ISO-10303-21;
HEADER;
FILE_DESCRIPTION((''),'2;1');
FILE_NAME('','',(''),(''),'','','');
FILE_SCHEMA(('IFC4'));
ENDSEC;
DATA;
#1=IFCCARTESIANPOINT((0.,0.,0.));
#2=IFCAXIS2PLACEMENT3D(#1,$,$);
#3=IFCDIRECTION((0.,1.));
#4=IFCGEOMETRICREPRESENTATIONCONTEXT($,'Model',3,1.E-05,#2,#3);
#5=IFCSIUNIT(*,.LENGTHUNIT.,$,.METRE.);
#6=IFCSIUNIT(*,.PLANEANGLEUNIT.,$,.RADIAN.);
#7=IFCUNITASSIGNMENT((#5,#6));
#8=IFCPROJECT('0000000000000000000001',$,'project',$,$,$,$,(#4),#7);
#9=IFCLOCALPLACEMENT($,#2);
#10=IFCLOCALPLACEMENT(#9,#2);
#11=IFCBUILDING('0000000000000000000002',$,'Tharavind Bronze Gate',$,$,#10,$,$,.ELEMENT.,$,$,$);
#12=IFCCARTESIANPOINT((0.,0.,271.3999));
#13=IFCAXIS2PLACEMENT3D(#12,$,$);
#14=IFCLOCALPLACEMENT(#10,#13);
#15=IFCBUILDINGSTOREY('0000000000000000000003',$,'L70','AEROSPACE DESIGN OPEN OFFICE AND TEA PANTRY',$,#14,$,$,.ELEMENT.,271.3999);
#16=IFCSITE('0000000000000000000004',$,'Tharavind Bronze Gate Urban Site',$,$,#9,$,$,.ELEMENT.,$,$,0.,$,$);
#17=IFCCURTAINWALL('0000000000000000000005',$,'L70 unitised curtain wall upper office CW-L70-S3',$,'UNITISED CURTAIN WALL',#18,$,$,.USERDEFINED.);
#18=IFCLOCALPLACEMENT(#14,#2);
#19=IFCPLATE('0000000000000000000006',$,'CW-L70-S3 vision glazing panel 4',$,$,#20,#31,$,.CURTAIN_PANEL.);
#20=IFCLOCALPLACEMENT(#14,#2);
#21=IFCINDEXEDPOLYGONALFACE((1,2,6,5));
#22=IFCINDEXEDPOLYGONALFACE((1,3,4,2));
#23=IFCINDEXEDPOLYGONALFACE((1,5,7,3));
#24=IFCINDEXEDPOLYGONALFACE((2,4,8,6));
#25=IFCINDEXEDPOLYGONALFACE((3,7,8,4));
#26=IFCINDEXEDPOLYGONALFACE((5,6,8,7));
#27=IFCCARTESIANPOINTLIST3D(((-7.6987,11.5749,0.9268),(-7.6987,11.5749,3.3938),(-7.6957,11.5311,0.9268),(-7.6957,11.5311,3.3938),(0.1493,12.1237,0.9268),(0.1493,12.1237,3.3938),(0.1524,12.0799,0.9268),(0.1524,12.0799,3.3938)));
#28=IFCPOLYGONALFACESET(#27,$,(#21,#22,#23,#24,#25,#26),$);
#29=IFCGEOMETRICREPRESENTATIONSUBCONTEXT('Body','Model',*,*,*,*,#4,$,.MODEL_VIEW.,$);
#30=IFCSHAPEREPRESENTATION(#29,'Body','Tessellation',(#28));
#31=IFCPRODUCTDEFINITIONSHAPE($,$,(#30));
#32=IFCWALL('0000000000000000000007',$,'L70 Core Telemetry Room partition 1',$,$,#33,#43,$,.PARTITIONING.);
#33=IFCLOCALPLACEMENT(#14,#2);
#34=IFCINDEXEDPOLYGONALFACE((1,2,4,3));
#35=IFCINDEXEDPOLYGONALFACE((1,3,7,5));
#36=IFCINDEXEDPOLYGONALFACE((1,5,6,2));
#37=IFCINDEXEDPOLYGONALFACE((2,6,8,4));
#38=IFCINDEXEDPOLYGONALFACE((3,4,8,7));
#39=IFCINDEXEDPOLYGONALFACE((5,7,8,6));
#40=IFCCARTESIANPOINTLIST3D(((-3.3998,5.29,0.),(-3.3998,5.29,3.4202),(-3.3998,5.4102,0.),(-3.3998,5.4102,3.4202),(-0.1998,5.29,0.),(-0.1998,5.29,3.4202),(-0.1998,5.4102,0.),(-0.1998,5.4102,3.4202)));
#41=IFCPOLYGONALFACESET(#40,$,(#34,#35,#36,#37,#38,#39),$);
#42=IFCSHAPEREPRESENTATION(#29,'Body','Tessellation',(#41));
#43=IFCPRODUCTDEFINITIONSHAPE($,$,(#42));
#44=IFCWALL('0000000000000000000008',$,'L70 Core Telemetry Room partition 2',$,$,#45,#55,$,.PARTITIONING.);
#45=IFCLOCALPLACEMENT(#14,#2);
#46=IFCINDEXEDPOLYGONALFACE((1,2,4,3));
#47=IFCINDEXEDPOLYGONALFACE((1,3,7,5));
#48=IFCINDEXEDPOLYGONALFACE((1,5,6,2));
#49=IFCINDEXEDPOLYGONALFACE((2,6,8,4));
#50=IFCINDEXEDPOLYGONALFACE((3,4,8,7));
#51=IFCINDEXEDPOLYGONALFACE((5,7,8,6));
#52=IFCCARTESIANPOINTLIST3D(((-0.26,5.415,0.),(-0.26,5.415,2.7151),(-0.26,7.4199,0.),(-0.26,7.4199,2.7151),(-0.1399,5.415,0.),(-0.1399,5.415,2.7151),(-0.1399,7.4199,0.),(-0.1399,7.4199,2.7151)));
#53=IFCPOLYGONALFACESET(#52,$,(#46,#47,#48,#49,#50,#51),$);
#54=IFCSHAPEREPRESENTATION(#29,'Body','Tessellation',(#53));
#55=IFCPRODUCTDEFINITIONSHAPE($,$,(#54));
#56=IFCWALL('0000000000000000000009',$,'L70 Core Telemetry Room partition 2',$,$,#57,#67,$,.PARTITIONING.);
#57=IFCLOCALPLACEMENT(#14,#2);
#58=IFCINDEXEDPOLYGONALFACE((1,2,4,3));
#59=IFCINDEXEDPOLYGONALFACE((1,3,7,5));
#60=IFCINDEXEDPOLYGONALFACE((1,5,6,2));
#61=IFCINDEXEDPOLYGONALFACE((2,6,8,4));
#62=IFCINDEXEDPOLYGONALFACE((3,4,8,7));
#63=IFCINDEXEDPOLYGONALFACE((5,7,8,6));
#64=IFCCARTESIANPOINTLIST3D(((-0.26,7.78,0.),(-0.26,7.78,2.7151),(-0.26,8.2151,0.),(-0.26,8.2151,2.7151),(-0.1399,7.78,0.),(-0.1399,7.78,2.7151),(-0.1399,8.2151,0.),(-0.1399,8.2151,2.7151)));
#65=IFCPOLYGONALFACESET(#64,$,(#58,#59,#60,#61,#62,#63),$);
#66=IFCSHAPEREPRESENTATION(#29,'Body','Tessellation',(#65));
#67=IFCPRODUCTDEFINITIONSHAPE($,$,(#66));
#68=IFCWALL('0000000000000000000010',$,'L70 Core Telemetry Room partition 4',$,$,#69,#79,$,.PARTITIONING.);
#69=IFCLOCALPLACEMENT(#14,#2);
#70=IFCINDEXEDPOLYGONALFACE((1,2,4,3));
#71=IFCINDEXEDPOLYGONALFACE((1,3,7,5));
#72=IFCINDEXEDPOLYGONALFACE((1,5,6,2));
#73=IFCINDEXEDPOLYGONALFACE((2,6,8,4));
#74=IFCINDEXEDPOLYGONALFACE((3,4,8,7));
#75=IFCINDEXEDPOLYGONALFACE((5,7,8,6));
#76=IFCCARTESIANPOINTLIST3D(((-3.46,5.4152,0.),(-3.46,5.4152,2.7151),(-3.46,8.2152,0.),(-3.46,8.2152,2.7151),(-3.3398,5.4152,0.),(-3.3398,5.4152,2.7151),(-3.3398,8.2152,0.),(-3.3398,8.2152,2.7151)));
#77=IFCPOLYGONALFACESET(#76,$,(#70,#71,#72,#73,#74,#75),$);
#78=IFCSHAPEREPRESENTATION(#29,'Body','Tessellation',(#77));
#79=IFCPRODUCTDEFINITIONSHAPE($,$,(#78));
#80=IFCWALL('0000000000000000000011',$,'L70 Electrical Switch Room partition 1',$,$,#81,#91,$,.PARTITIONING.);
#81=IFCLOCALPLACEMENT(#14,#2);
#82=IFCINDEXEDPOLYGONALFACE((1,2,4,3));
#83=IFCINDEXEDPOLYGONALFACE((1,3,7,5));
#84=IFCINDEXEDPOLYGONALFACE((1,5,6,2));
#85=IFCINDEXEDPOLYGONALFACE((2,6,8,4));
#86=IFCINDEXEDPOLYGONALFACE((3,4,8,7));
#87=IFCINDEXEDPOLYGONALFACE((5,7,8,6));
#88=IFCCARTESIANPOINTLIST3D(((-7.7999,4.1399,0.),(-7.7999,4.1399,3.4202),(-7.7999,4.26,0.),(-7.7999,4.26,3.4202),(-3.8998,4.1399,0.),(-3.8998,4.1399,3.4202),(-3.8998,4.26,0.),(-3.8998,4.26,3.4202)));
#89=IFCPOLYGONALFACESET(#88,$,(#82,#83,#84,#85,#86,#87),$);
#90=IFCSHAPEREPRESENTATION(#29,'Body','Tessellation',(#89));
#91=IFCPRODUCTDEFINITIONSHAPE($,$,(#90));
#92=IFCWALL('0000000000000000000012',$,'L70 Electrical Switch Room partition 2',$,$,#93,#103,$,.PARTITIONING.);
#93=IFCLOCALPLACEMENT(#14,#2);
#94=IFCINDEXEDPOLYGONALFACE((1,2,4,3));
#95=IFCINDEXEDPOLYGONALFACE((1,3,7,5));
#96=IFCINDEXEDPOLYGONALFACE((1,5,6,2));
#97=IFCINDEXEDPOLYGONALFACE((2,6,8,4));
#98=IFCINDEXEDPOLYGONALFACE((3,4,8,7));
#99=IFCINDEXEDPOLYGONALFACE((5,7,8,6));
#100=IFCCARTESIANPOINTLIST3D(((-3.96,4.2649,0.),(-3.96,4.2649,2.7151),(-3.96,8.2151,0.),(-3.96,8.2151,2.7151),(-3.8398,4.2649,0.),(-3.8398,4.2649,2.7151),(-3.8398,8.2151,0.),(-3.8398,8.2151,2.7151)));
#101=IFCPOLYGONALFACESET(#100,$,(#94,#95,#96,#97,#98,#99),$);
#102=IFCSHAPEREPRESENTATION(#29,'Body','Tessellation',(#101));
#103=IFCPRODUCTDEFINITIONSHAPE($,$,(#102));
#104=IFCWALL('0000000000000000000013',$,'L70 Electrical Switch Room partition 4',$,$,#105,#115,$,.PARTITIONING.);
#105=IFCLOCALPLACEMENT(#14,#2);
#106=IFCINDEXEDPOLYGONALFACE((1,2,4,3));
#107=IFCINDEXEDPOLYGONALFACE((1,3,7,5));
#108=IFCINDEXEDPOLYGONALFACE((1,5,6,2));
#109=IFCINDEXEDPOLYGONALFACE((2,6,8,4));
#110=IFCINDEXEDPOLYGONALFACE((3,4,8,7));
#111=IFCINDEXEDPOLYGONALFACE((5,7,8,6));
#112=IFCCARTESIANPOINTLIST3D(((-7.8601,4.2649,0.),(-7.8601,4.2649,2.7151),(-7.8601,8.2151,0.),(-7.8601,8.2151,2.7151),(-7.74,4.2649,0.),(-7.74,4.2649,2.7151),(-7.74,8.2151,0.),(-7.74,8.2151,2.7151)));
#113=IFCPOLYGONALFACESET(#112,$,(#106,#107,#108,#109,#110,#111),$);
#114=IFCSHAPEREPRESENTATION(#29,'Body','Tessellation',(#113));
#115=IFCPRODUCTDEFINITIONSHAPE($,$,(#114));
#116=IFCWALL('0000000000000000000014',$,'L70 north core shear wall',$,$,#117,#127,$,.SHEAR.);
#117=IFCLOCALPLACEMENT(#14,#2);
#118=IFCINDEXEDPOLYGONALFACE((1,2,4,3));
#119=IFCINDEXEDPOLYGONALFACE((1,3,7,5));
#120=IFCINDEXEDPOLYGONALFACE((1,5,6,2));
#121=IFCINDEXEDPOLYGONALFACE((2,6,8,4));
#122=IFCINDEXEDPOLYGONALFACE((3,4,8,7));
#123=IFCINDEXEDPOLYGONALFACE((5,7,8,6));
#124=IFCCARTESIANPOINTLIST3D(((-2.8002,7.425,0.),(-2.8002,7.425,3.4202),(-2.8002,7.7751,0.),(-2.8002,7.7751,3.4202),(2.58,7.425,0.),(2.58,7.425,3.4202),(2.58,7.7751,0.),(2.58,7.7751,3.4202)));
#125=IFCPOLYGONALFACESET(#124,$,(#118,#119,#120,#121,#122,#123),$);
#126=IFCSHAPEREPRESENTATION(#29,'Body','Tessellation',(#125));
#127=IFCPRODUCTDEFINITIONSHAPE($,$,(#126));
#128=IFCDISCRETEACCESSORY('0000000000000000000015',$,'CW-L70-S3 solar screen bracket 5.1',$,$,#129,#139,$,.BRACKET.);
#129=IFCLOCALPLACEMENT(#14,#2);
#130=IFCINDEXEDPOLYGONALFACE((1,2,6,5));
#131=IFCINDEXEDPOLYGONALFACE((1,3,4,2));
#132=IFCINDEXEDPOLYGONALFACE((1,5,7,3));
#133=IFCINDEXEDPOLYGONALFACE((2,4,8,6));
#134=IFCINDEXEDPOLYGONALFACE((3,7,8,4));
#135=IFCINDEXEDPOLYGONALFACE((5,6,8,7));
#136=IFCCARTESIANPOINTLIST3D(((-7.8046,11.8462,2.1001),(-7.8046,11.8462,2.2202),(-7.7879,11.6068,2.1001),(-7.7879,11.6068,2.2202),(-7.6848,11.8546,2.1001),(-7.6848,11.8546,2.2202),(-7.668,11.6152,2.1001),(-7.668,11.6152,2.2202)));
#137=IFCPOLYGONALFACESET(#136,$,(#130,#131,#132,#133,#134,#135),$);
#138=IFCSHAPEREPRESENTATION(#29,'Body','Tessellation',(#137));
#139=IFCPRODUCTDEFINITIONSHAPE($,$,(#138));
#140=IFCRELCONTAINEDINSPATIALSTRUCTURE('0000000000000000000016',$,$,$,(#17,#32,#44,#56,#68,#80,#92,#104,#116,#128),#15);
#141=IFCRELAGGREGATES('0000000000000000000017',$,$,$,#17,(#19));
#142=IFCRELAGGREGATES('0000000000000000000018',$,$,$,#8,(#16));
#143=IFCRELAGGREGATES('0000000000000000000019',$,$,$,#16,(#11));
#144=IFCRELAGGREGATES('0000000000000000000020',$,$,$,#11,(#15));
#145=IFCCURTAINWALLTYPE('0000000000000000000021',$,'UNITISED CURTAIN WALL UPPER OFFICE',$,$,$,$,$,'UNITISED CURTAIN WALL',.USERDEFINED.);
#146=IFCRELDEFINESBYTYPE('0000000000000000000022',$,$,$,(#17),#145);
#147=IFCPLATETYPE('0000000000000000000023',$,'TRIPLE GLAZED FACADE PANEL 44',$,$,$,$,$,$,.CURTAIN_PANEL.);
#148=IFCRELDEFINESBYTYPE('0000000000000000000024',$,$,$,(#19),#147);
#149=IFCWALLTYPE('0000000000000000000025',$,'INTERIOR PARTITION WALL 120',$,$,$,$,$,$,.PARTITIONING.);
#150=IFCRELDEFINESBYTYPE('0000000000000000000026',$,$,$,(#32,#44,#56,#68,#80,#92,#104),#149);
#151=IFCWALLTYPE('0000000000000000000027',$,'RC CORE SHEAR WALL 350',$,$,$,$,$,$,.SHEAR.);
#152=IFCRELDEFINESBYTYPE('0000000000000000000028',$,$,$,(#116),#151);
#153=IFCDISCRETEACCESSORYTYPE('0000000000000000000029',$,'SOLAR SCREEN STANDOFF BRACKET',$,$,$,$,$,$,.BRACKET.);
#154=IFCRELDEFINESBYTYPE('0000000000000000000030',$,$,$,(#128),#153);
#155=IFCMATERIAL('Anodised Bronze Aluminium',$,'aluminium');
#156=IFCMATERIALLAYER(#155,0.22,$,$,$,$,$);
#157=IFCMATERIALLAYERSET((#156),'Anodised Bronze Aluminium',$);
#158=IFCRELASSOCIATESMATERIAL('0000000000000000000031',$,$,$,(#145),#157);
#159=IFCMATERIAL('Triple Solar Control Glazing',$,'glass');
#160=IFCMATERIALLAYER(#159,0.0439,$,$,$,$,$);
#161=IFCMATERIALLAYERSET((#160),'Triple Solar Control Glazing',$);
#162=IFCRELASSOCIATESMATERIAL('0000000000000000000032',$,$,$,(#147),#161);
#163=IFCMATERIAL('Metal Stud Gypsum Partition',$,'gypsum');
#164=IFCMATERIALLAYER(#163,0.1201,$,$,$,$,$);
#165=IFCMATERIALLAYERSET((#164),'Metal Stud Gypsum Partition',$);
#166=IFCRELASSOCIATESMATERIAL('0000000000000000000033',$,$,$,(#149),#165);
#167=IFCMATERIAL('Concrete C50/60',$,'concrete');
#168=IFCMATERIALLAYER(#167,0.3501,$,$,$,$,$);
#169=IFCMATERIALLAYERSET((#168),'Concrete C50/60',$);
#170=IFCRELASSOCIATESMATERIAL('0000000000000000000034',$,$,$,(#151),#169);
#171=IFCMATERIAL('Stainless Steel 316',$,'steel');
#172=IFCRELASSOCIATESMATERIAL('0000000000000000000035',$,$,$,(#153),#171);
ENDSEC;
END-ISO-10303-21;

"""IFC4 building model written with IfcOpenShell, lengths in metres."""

from ifc_helpers import new_model, si_unit, direction, frame, frame_2d, origin, origin_2d, place, context, subcontext, project, spatial, rectangle, extrude, material, layer, layer_set, type_object, element, aggregate, save


model = new_model("IFC4")

# Units and contexts
model_context = context("Model", 3, precision=1e-05, world=origin(), true_north=direction((0.0, 1.0)))
body_context = subcontext(model_context, "Body", "Model", "MODEL_VIEW")
ifc_project = project(units=[si_unit("LENGTHUNIT", "METRE"), si_unit("PLANEANGLEUNIT", "RADIAN")], contexts=[model_context])

# Site, building, storey
site_placement = place(None, origin())
site = spatial("IfcSite", under=ifc_project, at=site_placement, Name="Tharavind Bronze Gate Urban Site", CompositionType="ELEMENT", RefElevation=0.0)
building_placement = place(site_placement, origin())
building = spatial("IfcBuilding", under=site, at=building_placement, Name="Tharavind Bronze Gate", CompositionType="ELEMENT")
storey_placement = place(building_placement, frame((0.0, 0.0, 271.3999)))
storey = spatial("IfcBuildingStorey", under=building, at=storey_placement, Name="L70", Description="AEROSPACE DESIGN OPEN OFFICE AND TEA PANTRY", CompositionType="ELEMENT", Elevation=271.3999)

# Curtain wall
ifc_material_1 = material(Name="Anodised Bronze Aluminium", Category="aluminium")
ifc_layer_1 = layer(ifc_material_1, 0.22)
ifc_layer_set_1 = layer_set([ifc_layer_1], Name="Anodised Bronze Aluminium")
curtain_wall_type = type_object("IfcCurtainWallType", Name="UNITISED CURTAIN WALL UPPER OFFICE", ElementType="UNITISED CURTAIN WALL", PredefinedType="USERDEFINED", material=ifc_layer_set_1)
curtain_wall_placement = place(storey_placement, origin())
curtain_wall = element("IfcCurtainWall", 1, at=curtain_wall_placement, inside=storey, type_object=curtain_wall_type, Name="L70 unitised curtain wall upper office CW-L70-S3", ObjectType="UNITISED CURTAIN WALL", PredefinedType="USERDEFINED")

# Plate
ifc_material_2 = material(Name="Triple Solar Control Glazing", Category="glass")
ifc_layer_2 = layer(ifc_material_2, 0.0439)
ifc_layer_set_2 = layer_set([ifc_layer_2], Name="Triple Solar Control Glazing")
plate_type_1 = type_object("IfcPlateType", Name="TRIPLE GLAZED FACADE PANEL 44", PredefinedType="CURTAIN_PANEL", material=ifc_layer_set_2)
plate_1_placement = place(storey_placement, frame((-3.7732, 11.8274, 0.9268), z_axis=(0.0, 0.0, 1.0), x_axis=(-0.997564, -0.06976, 0.0)))
plate_1 = element("IfcPlate", 2, at=plate_1_placement, type_object=plate_type_1, Name="CW-L70-S3 vision glazing panel 4", PredefinedType="CURTAIN_PANEL", context=body_context, shape_type="SweptSolid", body=[
    extrude(rectangle(XDim=7.8672, YDim=0.0439, at=origin_2d()), origin(), (0.0, 0.0, 1.0), 2.467),
])
aggregate(curtain_wall, [plate_1])

# Walls
ifc_material_3 = material(Name="Metal Stud Gypsum Partition", Category="gypsum")
ifc_layer_3 = layer(ifc_material_3, 0.1201)
ifc_layer_set_3 = layer_set([ifc_layer_3], Name="Metal Stud Gypsum Partition")
wall_type_1 = type_object("IfcWallType", Name="INTERIOR PARTITION WALL 120", PredefinedType="PARTITIONING", material=ifc_layer_set_3)
wall_1_placement = place(storey_placement, frame((-3.3999, 5.3501, 0.0), z_axis=(0.0, 0.0, 1.0), x_axis=(1.0, 0.0, 0.0)))
element("IfcWall", 3, at=wall_1_placement, inside=storey, type_object=wall_type_1, Name="L70 Core Telemetry Room partition 1", PredefinedType="PARTITIONING", context=body_context, shape_type="SweptSolid", body=[
    extrude(rectangle(XDim=3.2, YDim=0.1201, at=frame_2d((1.6001, 0.0))), origin(), (0.0, 0.0, 1.0), 3.4202),
])
wall_2_placement = place(storey_placement, frame((-0.2, 5.415, 0.0), z_axis=(0.0, 0.0, 1.0), x_axis=(0.0, 1.0, 0.0)))
element("IfcWall", 4, at=wall_2_placement, inside=storey, type_object=wall_type_1, Name="L70 Core Telemetry Room partition 2", PredefinedType="PARTITIONING", context=body_context, shape_type="SweptSolid", body=[
    extrude(rectangle(XDim=2.0049, YDim=0.1201, at=frame_2d((1.0024, 0.0))), origin(), (0.0, 0.0, 1.0), 2.7151),
])
wall_3_placement = place(storey_placement, frame((-0.2, 7.78, 0.0), z_axis=(0.0, 0.0, 1.0), x_axis=(0.0, 1.0, 0.0)))
element("IfcWall", 5, at=wall_3_placement, inside=storey, type_object=wall_type_1, Name="L70 Core Telemetry Room partition 2", PredefinedType="PARTITIONING", context=body_context, shape_type="SweptSolid", body=[
    extrude(rectangle(XDim=0.4351, YDim=0.1201, at=frame_2d((0.2175, 0.0))), origin(), (0.0, 0.0, 1.0), 2.7151),
])
wall_4_placement = place(storey_placement, frame((-3.3999, 8.2151, 0.0), z_axis=(0.0, 0.0, 1.0), x_axis=(0.0, -1.0, 0.0)))
element("IfcWall", 6, at=wall_4_placement, inside=storey, type_object=wall_type_1, Name="L70 Core Telemetry Room partition 4", PredefinedType="PARTITIONING", context=body_context, shape_type="SweptSolid", body=[
    extrude(rectangle(XDim=2.8, YDim=0.1201, at=frame_2d((1.3999, 0.0))), origin(), (0.0, 0.0, 1.0), 2.7151),
])
wall_5_placement = place(storey_placement, frame((-7.8, 4.2, 0.0), z_axis=(0.0, 0.0, 1.0), x_axis=(1.0, 0.0, 0.0)))
element("IfcWall", 7, at=wall_5_placement, inside=storey, type_object=wall_type_1, Name="L70 Electrical Switch Room partition 1", PredefinedType="PARTITIONING", context=body_context, shape_type="SweptSolid", body=[
    extrude(rectangle(XDim=3.9001, YDim=0.1201, at=frame_2d((1.9502, 0.0))), origin(), (0.0, 0.0, 1.0), 3.4202),
])
for number, where, z_axis, x_axis, name in (
    (8, (-3.8999, 4.2649, 0.0), (0.0, 0.0, 1.0), (0.0, 1.0, 0.0), "L70 Electrical Switch Room partition 2"),
    (9, (-7.8, 8.2151, 0.0), (0.0, 0.0, 1.0), (0.0, -1.0, 0.0), "L70 Electrical Switch Room partition 4"),
):
    element("IfcWall", number, at=place(storey_placement, frame(where, z_axis=z_axis, x_axis=x_axis)), inside=storey, type_object=wall_type_1, Name=name, PredefinedType="PARTITIONING", context=body_context, shape_type="SweptSolid", body=[
        extrude(rectangle(XDim=3.9502, YDim=0.1201, at=frame_2d((1.9751, 0.0))), origin(), (0.0, 0.0, 1.0), 2.7151),
    ])
ifc_material_4 = material(Name="Concrete C50/60", Category="concrete")
ifc_layer_4 = layer(ifc_material_4, 0.3501)
ifc_layer_set_4 = layer_set([ifc_layer_4], Name="Concrete C50/60")
wall_type_2 = type_object("IfcWallType", Name="RC CORE SHEAR WALL 350", PredefinedType="SHEAR", material=ifc_layer_set_4)
wall_6_placement = place(storey_placement, frame((-2.8, 7.6001, 0.0), z_axis=(0.0, 0.0, 1.0), x_axis=(1.0, 0.0, 0.0)))
element("IfcWall", 10, at=wall_6_placement, inside=storey, type_object=wall_type_2, Name="L70 north core shear wall", PredefinedType="SHEAR", context=body_context, shape_type="SweptSolid", body=[
    extrude(rectangle(XDim=5.3801, YDim=0.3501, at=frame_2d((2.6899, 0.0))), origin(), (0.0, 0.0, 1.0), 3.4202),
])

# Discrete accessory
ifc_material_5 = material(Name="Stainless Steel 316", Category="steel")
discrete_accessory_type = type_object("IfcDiscreteAccessoryType", Name="SOLAR SCREEN STANDOFF BRACKET", PredefinedType="BRACKET", material=ifc_material_5)
discrete_accessory_placement = place(storey_placement, frame((-7.7363, 11.7307, 2.1001), z_axis=(0.0, 0.0, 1.0), x_axis=(-0.997564, -0.06976, 0.0)))
element("IfcDiscreteAccessory", 11, at=discrete_accessory_placement, inside=storey, type_object=discrete_accessory_type, Name="CW-L70-S3 solar screen bracket 5.1", PredefinedType="BRACKET", context=body_context, shape_type="SweptSolid", body=[
    extrude(rectangle(XDim=0.1201, YDim=0.24, at=origin_2d()), origin(), (0.0, 0.0, 1.0), 0.1201),
])

save(model, "model.ifc")
